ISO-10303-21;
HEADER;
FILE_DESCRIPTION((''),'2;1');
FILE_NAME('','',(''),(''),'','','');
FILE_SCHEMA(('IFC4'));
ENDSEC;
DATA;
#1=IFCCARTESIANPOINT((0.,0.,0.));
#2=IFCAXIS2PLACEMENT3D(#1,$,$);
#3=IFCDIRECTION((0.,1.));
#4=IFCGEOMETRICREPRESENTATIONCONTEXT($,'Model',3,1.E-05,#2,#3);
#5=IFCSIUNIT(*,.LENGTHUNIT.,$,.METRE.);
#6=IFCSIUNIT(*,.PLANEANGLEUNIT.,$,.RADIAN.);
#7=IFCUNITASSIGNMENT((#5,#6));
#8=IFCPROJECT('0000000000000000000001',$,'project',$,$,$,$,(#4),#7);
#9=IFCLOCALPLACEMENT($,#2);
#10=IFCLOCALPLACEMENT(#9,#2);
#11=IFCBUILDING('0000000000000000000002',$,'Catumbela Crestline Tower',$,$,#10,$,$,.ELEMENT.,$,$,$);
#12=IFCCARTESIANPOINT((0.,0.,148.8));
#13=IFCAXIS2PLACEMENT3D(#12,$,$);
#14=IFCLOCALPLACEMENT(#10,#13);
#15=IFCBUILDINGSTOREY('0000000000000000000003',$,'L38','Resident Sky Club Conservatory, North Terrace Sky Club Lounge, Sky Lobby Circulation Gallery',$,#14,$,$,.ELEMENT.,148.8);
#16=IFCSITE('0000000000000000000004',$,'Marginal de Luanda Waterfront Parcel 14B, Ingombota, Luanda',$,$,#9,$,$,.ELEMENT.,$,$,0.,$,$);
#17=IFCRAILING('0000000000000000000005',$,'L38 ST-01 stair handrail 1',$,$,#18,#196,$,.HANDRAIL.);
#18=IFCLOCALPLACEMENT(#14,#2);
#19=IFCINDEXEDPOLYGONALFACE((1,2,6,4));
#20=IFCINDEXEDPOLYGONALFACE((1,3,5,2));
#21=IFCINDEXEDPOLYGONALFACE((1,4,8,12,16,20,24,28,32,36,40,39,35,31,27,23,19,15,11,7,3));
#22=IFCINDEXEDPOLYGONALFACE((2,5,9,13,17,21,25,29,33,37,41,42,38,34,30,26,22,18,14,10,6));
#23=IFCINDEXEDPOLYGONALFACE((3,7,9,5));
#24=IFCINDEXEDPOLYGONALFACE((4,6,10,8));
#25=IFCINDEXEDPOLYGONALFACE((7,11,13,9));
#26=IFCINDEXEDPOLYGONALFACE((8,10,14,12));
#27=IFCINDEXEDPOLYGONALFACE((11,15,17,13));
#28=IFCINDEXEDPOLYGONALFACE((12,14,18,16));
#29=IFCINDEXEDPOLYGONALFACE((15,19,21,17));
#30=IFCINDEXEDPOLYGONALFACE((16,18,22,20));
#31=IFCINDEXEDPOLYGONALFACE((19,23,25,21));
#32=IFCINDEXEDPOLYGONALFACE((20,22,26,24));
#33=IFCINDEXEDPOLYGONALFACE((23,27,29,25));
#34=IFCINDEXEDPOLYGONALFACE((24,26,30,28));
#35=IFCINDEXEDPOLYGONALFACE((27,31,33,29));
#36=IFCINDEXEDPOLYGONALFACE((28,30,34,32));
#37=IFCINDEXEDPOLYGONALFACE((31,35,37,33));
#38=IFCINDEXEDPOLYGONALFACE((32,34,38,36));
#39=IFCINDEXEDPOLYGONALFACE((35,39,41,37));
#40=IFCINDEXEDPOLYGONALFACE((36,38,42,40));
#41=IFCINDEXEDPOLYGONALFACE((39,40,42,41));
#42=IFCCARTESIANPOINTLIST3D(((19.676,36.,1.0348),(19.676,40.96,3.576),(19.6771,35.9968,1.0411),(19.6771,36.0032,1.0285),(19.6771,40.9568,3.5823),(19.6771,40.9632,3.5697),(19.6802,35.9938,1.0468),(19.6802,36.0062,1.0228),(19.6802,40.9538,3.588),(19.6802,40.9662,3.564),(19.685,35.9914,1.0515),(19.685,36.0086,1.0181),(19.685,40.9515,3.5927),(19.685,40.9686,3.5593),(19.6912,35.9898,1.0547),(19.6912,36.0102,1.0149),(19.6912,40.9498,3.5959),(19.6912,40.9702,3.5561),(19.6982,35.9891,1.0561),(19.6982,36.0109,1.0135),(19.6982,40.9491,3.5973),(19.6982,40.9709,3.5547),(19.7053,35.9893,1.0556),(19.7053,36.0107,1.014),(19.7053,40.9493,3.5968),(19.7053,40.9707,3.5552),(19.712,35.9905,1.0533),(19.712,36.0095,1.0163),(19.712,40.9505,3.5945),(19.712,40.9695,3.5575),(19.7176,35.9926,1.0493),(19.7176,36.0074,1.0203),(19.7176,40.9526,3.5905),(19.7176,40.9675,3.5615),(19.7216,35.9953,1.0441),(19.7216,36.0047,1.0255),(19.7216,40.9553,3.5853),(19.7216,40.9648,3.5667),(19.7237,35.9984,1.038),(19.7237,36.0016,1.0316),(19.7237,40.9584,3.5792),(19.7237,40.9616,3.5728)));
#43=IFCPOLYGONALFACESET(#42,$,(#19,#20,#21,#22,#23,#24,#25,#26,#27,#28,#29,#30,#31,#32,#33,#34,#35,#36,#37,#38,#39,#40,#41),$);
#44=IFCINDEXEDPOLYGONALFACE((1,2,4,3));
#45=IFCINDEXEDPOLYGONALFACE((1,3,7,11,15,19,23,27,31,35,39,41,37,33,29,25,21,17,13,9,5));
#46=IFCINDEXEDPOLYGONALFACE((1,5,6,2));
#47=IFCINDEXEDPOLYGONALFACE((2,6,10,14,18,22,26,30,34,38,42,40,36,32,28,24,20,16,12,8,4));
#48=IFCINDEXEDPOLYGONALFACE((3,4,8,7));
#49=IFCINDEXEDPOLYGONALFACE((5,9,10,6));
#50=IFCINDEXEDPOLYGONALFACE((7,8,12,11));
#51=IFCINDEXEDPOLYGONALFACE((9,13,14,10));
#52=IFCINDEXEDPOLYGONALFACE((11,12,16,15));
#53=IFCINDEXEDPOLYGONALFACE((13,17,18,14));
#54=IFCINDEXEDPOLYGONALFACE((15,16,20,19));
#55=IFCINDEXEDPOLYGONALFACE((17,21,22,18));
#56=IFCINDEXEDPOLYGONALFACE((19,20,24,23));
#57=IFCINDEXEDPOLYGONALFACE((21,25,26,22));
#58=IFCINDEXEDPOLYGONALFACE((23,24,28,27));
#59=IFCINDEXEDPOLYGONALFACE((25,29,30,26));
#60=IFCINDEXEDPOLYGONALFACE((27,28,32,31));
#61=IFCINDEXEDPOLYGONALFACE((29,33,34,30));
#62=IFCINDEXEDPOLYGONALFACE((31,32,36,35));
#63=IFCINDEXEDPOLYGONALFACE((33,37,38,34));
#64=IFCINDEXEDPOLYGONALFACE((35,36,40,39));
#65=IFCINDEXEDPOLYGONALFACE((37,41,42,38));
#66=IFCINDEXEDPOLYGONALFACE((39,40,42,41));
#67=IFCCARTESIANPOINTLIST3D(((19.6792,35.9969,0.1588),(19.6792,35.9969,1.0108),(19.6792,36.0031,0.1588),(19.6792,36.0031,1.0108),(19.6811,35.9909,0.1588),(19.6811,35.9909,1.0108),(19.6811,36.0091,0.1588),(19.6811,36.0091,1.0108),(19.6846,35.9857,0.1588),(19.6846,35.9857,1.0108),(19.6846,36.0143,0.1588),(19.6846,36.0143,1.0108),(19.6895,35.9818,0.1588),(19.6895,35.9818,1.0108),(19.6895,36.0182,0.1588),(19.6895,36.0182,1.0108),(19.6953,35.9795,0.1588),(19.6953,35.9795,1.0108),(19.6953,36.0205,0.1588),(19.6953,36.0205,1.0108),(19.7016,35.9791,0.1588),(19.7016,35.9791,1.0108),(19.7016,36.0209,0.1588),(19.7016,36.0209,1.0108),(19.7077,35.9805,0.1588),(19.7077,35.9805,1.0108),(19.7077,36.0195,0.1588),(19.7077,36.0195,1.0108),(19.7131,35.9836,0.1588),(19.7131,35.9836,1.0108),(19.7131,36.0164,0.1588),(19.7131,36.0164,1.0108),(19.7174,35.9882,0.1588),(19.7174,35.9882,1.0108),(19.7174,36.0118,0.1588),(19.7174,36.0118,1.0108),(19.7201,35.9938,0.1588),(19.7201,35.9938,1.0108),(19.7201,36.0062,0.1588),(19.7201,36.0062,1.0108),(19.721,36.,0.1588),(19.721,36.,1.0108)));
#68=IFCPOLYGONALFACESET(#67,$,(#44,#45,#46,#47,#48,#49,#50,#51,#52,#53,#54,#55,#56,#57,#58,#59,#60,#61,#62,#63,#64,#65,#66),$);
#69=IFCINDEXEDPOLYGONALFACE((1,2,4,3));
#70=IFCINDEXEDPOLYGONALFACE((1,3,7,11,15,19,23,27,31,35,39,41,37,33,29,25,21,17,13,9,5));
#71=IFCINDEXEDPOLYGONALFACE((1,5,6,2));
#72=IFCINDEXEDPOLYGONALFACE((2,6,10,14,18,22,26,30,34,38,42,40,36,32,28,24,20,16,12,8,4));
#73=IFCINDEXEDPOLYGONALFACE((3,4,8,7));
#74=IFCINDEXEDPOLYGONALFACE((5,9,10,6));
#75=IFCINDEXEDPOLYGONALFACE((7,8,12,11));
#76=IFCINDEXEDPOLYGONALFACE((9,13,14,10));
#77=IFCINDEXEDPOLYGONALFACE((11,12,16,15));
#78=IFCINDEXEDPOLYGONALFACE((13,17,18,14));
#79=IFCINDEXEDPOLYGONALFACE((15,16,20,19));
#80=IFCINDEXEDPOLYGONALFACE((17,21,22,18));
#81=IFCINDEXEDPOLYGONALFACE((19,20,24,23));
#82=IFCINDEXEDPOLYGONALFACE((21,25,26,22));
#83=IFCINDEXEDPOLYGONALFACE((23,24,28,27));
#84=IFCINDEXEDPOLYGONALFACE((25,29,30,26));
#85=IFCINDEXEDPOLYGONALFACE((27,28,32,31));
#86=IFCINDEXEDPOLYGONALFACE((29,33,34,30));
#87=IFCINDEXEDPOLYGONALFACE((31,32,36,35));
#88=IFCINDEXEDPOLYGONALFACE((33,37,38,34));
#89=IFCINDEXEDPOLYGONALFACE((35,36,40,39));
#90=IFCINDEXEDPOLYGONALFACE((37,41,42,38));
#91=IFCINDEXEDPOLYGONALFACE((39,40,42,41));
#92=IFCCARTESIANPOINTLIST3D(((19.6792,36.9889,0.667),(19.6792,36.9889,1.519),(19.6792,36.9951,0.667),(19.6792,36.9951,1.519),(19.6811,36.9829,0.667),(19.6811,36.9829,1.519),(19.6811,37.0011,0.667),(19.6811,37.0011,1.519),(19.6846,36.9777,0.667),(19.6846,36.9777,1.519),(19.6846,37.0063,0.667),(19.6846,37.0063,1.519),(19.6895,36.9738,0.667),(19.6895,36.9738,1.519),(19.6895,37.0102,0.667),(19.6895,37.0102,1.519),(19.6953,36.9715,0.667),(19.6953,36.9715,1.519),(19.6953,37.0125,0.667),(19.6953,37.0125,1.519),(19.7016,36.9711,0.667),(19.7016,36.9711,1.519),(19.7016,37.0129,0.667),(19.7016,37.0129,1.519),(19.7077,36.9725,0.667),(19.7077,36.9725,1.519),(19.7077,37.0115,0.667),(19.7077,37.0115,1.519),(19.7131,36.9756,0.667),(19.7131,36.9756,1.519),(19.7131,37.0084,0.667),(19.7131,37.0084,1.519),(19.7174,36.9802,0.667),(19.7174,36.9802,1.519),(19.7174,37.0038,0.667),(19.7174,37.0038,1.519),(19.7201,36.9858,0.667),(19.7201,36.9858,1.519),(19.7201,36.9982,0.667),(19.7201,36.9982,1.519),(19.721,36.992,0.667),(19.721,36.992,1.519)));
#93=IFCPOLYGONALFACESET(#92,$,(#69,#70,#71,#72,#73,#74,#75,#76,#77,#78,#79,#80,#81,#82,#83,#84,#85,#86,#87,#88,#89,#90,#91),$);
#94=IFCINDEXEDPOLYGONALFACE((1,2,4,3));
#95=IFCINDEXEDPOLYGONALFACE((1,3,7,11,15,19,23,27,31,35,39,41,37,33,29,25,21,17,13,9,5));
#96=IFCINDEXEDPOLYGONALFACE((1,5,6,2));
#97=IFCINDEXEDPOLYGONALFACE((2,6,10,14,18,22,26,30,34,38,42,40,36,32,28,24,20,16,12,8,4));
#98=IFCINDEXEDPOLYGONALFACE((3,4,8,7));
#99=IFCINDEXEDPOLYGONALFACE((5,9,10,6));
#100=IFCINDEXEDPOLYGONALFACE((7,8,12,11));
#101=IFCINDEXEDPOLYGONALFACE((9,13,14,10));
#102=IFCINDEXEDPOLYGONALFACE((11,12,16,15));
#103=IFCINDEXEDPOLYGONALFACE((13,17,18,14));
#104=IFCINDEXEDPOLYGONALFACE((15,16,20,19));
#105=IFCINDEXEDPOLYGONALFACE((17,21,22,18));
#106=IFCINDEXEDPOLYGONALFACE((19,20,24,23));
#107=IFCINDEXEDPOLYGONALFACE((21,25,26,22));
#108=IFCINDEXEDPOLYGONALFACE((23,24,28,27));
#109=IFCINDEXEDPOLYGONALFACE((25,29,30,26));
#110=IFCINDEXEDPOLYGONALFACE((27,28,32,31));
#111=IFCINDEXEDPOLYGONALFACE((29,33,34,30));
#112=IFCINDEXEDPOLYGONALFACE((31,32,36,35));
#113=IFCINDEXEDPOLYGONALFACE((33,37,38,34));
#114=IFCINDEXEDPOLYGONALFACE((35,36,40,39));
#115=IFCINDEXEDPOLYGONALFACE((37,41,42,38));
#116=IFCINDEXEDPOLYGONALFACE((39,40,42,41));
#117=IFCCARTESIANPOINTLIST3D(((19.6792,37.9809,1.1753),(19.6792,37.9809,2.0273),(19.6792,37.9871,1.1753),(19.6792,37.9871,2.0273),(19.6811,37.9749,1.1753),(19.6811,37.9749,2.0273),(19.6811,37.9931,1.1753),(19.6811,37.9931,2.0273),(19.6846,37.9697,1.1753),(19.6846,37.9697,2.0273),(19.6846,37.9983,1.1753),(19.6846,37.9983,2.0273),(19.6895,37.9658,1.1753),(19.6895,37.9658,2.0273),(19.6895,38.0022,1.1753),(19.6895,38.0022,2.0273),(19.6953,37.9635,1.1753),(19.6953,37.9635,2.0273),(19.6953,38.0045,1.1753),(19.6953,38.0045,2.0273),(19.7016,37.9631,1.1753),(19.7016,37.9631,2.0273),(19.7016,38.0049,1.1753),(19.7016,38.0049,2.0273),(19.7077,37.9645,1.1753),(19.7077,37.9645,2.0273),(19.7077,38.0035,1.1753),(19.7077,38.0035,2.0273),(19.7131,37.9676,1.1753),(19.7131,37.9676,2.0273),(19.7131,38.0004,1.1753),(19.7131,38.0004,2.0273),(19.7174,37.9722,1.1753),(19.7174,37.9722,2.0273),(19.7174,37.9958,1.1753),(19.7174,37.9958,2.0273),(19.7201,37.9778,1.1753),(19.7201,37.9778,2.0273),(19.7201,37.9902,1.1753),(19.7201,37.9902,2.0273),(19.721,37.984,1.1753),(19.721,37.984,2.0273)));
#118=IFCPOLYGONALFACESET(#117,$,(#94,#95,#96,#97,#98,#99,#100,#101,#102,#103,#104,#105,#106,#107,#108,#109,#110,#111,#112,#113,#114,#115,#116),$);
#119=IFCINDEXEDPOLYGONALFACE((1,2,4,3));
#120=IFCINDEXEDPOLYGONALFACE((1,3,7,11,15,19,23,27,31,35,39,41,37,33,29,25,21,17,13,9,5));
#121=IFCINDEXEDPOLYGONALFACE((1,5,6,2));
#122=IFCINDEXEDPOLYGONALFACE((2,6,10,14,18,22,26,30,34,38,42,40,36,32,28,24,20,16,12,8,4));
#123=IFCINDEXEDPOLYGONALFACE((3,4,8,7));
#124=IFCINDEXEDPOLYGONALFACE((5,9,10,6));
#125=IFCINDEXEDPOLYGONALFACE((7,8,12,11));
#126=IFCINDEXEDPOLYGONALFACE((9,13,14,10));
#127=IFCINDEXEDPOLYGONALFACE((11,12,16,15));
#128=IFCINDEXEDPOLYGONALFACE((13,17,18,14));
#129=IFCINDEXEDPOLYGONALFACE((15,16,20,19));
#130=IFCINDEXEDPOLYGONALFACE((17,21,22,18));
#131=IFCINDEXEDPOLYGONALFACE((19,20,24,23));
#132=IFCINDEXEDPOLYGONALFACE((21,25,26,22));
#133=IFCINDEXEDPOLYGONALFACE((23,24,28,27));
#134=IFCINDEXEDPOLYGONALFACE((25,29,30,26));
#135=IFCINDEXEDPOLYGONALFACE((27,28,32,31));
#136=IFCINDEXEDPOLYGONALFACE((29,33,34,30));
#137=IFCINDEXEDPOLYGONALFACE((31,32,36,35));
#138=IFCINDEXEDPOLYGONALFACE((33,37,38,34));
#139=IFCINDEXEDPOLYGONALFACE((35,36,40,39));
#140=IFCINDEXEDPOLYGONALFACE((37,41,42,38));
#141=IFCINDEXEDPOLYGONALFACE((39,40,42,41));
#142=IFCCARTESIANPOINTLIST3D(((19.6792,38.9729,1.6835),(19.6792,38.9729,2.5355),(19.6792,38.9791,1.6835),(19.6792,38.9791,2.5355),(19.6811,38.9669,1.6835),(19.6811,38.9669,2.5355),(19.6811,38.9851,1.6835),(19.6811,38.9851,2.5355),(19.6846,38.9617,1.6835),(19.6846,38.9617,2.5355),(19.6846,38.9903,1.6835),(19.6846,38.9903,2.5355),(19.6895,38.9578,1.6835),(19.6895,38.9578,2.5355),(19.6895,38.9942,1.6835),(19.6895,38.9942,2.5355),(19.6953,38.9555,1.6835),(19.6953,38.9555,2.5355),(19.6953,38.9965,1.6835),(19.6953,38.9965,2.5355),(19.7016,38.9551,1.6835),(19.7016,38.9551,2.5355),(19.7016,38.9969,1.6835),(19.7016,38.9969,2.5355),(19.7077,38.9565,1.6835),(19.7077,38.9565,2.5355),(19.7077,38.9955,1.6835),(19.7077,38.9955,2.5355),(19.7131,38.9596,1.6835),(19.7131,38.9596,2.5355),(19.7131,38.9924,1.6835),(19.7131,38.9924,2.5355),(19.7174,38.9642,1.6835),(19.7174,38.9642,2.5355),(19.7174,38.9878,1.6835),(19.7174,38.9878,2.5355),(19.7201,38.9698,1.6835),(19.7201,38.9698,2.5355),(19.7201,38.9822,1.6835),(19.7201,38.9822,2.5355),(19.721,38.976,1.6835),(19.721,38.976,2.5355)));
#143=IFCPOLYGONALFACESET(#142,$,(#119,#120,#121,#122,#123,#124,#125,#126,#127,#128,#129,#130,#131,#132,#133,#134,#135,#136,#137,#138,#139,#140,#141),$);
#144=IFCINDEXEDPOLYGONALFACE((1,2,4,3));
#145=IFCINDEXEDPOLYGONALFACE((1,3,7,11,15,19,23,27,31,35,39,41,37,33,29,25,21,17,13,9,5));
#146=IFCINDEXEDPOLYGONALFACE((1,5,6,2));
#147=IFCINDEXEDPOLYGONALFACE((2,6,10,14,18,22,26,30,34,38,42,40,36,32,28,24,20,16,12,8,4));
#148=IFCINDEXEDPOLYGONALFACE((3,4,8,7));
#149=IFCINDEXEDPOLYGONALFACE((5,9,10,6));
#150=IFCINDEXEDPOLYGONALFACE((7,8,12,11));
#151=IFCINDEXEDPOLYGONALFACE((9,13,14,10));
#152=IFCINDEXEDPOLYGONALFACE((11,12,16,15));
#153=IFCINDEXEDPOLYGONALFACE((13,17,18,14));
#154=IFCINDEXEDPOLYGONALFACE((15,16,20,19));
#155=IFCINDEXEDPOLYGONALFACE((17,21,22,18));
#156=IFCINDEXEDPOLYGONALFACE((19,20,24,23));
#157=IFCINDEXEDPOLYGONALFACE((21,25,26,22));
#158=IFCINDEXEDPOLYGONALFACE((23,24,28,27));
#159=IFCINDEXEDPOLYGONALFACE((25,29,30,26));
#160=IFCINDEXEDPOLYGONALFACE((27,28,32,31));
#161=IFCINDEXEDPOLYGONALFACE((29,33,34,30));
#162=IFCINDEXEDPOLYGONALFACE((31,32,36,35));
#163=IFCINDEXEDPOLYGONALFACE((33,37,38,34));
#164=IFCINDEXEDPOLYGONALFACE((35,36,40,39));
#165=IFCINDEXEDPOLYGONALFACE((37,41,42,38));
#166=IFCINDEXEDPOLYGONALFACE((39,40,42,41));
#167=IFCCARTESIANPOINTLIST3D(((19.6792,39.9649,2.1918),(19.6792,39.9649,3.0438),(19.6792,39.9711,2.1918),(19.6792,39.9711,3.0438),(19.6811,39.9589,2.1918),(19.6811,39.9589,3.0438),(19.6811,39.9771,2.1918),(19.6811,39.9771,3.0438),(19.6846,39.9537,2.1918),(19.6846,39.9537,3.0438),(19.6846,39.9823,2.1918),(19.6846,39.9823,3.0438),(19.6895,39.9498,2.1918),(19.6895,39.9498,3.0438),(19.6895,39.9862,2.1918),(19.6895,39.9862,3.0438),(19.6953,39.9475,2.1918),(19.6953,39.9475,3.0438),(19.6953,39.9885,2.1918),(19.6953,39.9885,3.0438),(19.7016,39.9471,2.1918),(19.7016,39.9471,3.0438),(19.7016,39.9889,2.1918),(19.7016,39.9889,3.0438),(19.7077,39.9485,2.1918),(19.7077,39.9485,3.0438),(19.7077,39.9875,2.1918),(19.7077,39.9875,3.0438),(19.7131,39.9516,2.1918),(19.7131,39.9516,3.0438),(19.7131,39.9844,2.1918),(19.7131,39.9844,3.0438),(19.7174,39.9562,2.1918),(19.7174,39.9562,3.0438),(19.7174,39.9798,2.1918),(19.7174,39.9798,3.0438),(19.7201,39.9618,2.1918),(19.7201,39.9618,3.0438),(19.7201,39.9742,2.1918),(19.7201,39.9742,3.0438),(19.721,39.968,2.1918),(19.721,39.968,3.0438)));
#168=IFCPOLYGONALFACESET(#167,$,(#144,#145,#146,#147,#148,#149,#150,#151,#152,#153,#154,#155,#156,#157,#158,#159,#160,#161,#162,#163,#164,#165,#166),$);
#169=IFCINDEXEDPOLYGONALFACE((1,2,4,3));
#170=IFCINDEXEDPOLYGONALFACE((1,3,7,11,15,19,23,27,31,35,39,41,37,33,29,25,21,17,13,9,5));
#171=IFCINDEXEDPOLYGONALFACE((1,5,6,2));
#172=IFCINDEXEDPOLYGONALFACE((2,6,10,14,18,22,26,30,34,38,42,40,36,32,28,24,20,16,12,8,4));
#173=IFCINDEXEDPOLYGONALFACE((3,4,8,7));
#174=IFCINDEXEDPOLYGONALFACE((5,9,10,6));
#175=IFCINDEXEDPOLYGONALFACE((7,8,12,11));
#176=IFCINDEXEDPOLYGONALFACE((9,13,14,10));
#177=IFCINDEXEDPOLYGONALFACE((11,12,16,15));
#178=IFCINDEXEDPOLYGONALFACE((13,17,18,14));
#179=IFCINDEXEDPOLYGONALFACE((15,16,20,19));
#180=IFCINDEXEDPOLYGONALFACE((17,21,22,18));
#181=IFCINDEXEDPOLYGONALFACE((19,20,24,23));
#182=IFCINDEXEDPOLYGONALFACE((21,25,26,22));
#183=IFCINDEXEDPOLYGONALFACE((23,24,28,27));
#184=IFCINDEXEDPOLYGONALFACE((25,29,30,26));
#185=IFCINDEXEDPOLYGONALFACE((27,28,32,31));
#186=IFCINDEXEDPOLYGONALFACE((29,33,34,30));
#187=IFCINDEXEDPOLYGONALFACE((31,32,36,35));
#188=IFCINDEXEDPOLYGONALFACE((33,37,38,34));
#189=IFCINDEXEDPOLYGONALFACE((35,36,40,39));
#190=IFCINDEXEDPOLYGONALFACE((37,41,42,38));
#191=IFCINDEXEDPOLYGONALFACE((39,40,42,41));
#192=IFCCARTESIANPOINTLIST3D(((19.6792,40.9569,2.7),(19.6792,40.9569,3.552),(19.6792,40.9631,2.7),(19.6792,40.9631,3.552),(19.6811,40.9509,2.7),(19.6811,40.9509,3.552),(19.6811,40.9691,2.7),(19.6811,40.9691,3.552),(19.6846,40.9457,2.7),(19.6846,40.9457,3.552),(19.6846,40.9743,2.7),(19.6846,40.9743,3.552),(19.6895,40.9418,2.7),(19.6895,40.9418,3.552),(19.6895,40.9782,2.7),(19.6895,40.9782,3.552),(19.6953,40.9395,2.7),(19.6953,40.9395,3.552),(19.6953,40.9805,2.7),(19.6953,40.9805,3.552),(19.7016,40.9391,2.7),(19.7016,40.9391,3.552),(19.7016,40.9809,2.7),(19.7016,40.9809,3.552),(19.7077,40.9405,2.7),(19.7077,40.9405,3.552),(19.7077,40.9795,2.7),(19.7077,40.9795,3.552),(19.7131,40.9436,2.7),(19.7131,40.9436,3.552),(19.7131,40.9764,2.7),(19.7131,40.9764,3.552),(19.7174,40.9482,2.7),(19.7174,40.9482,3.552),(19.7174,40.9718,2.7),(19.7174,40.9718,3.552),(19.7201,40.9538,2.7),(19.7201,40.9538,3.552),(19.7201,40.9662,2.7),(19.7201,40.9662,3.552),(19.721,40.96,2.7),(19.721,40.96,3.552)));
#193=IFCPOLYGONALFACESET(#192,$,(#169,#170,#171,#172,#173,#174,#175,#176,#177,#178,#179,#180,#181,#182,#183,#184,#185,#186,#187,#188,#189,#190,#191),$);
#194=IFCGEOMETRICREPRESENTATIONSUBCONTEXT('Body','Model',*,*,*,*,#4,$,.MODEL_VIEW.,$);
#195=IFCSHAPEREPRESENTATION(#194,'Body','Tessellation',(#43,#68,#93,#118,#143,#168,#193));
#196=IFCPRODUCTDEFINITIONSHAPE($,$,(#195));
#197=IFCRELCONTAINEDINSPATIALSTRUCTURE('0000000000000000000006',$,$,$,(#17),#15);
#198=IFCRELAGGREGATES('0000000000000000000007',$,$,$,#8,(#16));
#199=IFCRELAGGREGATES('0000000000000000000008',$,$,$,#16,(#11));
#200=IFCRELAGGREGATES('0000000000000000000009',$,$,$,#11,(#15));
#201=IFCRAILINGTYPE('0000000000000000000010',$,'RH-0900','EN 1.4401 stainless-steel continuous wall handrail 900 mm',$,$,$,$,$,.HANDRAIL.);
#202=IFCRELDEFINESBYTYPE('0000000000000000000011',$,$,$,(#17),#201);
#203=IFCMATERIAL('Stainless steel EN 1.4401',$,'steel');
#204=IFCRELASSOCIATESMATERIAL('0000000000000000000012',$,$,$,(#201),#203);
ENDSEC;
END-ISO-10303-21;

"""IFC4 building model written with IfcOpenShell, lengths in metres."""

from ifc_helpers import new_model, si_unit, direction, frame, origin, origin_2d, place, context, subcontext, project, spatial, circle, extrude, material, type_object, element, save


model = new_model("IFC4")

# Units and contexts
model_context = context("Model", 3, precision=1e-05, world=origin(), true_north=direction((0.0, 1.0)))
body_context = subcontext(model_context, "Body", "Model", "MODEL_VIEW")
ifc_project = project(units=[si_unit("LENGTHUNIT", "METRE"), si_unit("PLANEANGLEUNIT", "RADIAN")], contexts=[model_context])

# Site, building, storey
site_placement = place(None, origin())
site = spatial("IfcSite", under=ifc_project, at=site_placement, Name="Marginal de Luanda Waterfront Parcel 14B, Ingombota, Luanda", CompositionType="ELEMENT", RefElevation=0.0)
building_placement = place(site_placement, origin())
building = spatial("IfcBuilding", under=site, at=building_placement, Name="Catumbela Crestline Tower", CompositionType="ELEMENT")
storey_placement = place(building_placement, frame((0.0, 0.0, 148.8)))
storey = spatial("IfcBuildingStorey", under=building, at=storey_placement, Name="L38", Description="Resident Sky Club Conservatory, North Terrace Sky Club Lounge, Sky Lobby Circulation Gallery", CompositionType="ELEMENT", Elevation=148.8)

# Shared definitions
ifc_material_1 = material(Name="Stainless steel EN 1.4401", Category="steel")

# Railing
railing_type_1 = type_object("IfcRailingType", Name="RH-0900", Description="EN 1.4401 stainless-steel continuous wall handrail 900 mm", PredefinedType="HANDRAIL", material=ifc_material_1)
railing_1_placement = place(storey_placement, frame((19.7, 36.0, 0.1588)))
element("IfcRailing", 1, at=railing_1_placement, inside=storey, type_object=railing_type_1, Name="L38 ST-01 stair handrail 1", PredefinedType="HANDRAIL", context=body_context, shape_type="SweptSolid", body=[
    extrude(circle(Radius=0.024, at=origin_2d()), frame((0.0, 0.0, 0.876), z_axis=(0.0, 0.889992, 0.455977), x_axis=(-1.0, 0.0, 0.0)), (0.0, 0.0, 1.0), 5.5731),
    extrude(circle(Radius=0.021, at=origin_2d()), origin(), (0.0, 0.0, 1.0), 0.852),
    extrude(circle(Radius=0.021, at=origin_2d()), frame((0.0, 0.992, 0.5082)), (0.0, 0.0, 1.0), 0.852),
    extrude(circle(Radius=0.021, at=origin_2d()), frame((0.0, 1.984, 1.0165)), (0.0, 0.0, 1.0), 0.852),
    extrude(circle(Radius=0.021, at=origin_2d()), frame((0.0, 2.976, 1.5247)), (0.0, 0.0, 1.0), 0.852),
    extrude(circle(Radius=0.021, at=origin_2d()), frame((0.0, 3.968, 2.033)), (0.0, 0.0, 1.0), 0.852),
    extrude(circle(Radius=0.021, at=origin_2d()), frame((0.0, 4.96, 2.5412)), (0.0, 0.0, 1.0), 0.852),
])

save(model, "model.ifc")
